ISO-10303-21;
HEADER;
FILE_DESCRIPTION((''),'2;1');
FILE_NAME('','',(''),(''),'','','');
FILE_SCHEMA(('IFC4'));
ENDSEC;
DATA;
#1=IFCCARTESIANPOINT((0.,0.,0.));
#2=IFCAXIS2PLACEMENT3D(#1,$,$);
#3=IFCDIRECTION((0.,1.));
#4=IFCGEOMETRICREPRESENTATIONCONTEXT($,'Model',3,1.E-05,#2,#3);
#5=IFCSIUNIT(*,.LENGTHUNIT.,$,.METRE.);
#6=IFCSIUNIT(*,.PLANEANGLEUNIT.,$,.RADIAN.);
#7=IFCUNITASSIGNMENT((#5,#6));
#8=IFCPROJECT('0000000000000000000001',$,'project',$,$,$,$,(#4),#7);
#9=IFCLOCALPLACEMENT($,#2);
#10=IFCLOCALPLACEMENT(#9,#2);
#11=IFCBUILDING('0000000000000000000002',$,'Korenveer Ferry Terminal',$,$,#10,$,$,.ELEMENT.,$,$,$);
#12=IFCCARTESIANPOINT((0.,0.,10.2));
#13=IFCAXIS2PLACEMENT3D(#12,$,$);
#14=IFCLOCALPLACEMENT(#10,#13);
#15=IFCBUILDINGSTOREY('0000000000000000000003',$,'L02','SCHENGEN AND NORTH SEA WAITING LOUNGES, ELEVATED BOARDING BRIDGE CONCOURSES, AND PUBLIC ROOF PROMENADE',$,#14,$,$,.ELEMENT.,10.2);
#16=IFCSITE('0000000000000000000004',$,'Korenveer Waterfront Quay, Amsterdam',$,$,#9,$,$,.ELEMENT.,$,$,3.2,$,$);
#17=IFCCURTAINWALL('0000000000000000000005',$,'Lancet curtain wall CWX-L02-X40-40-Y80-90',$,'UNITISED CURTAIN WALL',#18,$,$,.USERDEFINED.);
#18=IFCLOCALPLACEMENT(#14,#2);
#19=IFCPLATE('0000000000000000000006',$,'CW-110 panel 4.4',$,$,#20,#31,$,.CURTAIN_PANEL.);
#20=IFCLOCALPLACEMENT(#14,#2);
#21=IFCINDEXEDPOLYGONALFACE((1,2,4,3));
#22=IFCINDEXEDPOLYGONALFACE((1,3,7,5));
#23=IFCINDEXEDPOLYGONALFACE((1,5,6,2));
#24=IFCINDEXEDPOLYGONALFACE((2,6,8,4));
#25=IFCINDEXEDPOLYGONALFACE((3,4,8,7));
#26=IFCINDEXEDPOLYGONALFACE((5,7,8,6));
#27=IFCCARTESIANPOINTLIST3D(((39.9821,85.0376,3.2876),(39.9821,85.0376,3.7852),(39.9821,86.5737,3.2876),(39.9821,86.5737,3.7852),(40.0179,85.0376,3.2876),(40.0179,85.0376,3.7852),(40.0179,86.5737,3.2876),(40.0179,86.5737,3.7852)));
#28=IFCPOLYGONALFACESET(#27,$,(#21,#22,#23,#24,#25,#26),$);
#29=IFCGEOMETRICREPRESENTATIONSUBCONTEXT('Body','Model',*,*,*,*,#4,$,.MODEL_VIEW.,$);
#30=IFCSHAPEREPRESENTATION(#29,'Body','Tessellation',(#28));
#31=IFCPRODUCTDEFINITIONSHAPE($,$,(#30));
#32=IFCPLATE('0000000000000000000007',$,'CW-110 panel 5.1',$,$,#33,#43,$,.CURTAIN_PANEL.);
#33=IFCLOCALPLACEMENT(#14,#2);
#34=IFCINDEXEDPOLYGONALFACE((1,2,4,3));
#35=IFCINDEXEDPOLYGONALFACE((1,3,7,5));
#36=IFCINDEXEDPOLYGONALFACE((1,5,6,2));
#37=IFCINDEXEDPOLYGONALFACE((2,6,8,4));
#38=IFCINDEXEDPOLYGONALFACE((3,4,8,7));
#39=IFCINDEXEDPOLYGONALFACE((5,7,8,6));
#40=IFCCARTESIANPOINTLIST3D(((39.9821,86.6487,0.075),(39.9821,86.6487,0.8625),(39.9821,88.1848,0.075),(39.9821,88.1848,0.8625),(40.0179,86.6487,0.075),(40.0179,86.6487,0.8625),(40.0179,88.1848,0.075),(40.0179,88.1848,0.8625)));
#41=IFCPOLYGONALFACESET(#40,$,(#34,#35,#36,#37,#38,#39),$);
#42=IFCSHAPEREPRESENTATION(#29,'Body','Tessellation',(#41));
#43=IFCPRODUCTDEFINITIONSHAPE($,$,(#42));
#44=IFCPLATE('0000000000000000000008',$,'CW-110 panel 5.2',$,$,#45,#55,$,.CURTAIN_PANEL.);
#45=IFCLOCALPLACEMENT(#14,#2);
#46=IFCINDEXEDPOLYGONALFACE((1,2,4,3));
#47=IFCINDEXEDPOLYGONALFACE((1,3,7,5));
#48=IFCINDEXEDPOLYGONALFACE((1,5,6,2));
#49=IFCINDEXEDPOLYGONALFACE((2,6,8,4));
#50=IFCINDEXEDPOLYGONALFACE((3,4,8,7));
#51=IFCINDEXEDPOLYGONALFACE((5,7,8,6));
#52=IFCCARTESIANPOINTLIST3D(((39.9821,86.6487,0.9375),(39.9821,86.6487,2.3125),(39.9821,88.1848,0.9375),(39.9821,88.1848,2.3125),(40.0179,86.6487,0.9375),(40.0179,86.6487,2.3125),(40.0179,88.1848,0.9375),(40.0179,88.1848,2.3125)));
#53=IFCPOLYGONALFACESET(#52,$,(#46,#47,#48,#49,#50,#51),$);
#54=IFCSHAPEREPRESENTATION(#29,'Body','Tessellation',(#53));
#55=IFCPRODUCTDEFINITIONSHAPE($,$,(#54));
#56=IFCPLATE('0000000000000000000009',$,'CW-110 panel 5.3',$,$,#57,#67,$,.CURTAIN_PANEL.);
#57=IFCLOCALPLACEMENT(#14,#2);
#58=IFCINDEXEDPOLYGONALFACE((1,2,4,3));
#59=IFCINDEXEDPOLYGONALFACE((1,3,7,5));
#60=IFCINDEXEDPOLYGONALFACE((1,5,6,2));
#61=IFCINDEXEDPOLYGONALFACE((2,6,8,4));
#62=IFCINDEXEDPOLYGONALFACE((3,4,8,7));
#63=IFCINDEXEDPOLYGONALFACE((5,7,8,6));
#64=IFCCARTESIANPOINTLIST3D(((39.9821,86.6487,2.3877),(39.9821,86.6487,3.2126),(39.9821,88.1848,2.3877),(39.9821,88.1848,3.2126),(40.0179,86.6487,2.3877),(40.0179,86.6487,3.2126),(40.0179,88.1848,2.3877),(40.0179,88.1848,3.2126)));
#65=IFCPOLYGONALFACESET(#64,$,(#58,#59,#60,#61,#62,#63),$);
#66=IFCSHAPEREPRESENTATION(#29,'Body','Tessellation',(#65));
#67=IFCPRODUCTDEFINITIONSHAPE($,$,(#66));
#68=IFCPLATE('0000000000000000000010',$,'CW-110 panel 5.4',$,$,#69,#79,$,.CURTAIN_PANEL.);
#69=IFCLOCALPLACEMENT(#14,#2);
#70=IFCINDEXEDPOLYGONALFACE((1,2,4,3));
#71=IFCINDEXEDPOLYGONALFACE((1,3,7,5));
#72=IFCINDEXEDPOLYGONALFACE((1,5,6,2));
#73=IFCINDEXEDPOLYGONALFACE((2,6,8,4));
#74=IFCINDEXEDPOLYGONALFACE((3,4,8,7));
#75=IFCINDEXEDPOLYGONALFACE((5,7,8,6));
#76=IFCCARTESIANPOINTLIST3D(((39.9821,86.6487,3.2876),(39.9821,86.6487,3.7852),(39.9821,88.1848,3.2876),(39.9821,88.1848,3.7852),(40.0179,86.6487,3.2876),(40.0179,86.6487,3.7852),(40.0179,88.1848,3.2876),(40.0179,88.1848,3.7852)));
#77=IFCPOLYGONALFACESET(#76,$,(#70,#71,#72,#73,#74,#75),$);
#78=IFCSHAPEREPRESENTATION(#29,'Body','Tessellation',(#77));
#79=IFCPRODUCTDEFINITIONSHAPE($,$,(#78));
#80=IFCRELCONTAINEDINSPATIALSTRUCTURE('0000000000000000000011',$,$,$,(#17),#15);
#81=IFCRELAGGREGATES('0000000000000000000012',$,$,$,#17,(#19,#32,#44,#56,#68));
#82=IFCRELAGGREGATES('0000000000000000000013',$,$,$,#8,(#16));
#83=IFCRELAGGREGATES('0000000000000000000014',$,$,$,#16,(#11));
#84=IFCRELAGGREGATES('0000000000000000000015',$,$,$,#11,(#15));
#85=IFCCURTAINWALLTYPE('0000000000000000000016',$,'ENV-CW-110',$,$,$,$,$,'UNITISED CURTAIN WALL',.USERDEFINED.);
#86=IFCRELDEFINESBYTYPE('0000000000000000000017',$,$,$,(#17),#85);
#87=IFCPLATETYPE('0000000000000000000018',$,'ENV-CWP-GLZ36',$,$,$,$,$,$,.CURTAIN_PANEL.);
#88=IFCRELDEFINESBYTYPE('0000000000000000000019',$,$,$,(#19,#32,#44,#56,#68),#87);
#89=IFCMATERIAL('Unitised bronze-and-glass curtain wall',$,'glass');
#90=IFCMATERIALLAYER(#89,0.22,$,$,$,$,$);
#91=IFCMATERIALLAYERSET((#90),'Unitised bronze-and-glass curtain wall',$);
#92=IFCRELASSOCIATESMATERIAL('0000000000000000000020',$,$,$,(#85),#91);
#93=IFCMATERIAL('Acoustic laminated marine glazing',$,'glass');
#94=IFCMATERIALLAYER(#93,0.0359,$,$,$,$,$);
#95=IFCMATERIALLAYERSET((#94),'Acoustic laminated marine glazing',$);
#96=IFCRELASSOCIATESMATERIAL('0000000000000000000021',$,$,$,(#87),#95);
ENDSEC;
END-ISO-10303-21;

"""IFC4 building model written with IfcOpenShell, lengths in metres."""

from ifc_helpers import new_model, si_unit, direction, frame, origin, origin_2d, place, context, subcontext, project, spatial, rectangle, extrude, material, layer, layer_set, type_object, element, aggregate, save


model = new_model("IFC4")

# Units and contexts
model_context = context("Model", 3, precision=1e-05, world=origin(), true_north=direction((0.0, 1.0)))
body_context = subcontext(model_context, "Body", "Model", "MODEL_VIEW")
ifc_project = project(units=[si_unit("LENGTHUNIT", "METRE"), si_unit("PLANEANGLEUNIT", "RADIAN")], contexts=[model_context])

# Site, building, storey
site_placement = place(None, origin())
site = spatial("IfcSite", under=ifc_project, at=site_placement, Name="Korenveer Waterfront Quay, Amsterdam", CompositionType="ELEMENT", RefElevation=3.2)
building_placement = place(site_placement, origin())
building = spatial("IfcBuilding", under=site, at=building_placement, Name="Korenveer Ferry Terminal", CompositionType="ELEMENT")
storey_placement = place(building_placement, frame((0.0, 0.0, 10.2)))
storey = spatial("IfcBuildingStorey", under=building, at=storey_placement, Name="L02", Description="SCHENGEN AND NORTH SEA WAITING LOUNGES, ELEVATED BOARDING BRIDGE CONCOURSES, AND PUBLIC ROOF PROMENADE", CompositionType="ELEMENT", Elevation=10.2)

# Curtain wall, plates
ifc_material_1 = material(Name="Unitised bronze-and-glass curtain wall", Category="glass")
ifc_layer_1 = layer(ifc_material_1, 0.22)
ifc_layer_set_1 = layer_set([ifc_layer_1], Name="Unitised bronze-and-glass curtain wall")
curtain_wall_type = type_object("IfcCurtainWallType", Name="ENV-CW-110", ElementType="UNITISED CURTAIN WALL", PredefinedType="USERDEFINED", material=ifc_layer_set_1)
curtain_wall_placement = place(storey_placement, frame((40.0, 80.1665, 0.0)))
curtain_wall = element("IfcCurtainWall", 1, at=curtain_wall_placement, inside=storey, type_object=curtain_wall_type, Name="Lancet curtain wall CWX-L02-X40-40-Y80-90", ObjectType="UNITISED CURTAIN WALL", PredefinedType="USERDEFINED")
ifc_material_2 = material(Name="Acoustic laminated marine glazing", Category="glass")
ifc_layer_2 = layer(ifc_material_2, 0.0359)
ifc_layer_set_2 = layer_set([ifc_layer_2], Name="Acoustic laminated marine glazing")
plate_type = type_object("IfcPlateType", Name="ENV-CWP-GLZ36", PredefinedType="CURTAIN_PANEL", material=ifc_layer_set_2)
plate_1_placement = place(storey_placement, frame((40.0, 85.8057, 3.2876), z_axis=(0.0, 0.0, 1.0), x_axis=(0.0, 1.0, 0.0)))
plate_1 = element("IfcPlate", 2, at=plate_1_placement, type_object=plate_type, Name="CW-110 panel 4.4", PredefinedType="CURTAIN_PANEL", context=body_context, shape_type="SweptSolid", body=[
    extrude(rectangle(XDim=1.5361, YDim=0.0359, at=origin_2d()), origin(), (0.0, 0.0, 1.0), 0.4976),
])
plate_2_placement = place(storey_placement, frame((40.0, 87.4167, 0.075), z_axis=(0.0, 0.0, 1.0), x_axis=(0.0, 1.0, 0.0)))
plate_2 = element("IfcPlate", 3, at=plate_2_placement, type_object=plate_type, Name="CW-110 panel 5.1", PredefinedType="CURTAIN_PANEL", context=body_context, shape_type="SweptSolid", body=[
    extrude(rectangle(XDim=1.5361, YDim=0.0359, at=origin_2d()), origin(), (0.0, 0.0, 1.0), 0.7876),
])
plate_3_placement = place(storey_placement, frame((40.0, 87.4167, 0.9375), z_axis=(0.0, 0.0, 1.0), x_axis=(0.0, 1.0, 0.0)))
plate_3 = element("IfcPlate", 4, at=plate_3_placement, type_object=plate_type, Name="CW-110 panel 5.2", PredefinedType="CURTAIN_PANEL", context=body_context, shape_type="SweptSolid", body=[
    extrude(rectangle(XDim=1.5361, YDim=0.0359, at=origin_2d()), origin(), (0.0, 0.0, 1.0), 1.375),
])
plate_4_placement = place(storey_placement, frame((40.0, 87.4167, 2.3877), z_axis=(0.0, 0.0, 1.0), x_axis=(0.0, 1.0, 0.0)))
plate_4 = element("IfcPlate", 5, at=plate_4_placement, type_object=plate_type, Name="CW-110 panel 5.3", PredefinedType="CURTAIN_PANEL", context=body_context, shape_type="SweptSolid", body=[
    extrude(rectangle(XDim=1.5361, YDim=0.0359, at=origin_2d()), origin(), (0.0, 0.0, 1.0), 0.825),
])
plate_5_placement = place(storey_placement, frame((40.0, 87.4167, 3.2876), z_axis=(0.0, 0.0, 1.0), x_axis=(0.0, 1.0, 0.0)))
plate_5 = element("IfcPlate", 6, at=plate_5_placement, type_object=plate_type, Name="CW-110 panel 5.4", PredefinedType="CURTAIN_PANEL", context=body_context, shape_type="SweptSolid", body=[
    extrude(rectangle(XDim=1.5361, YDim=0.0359, at=origin_2d()), origin(), (0.0, 0.0, 1.0), 0.4976),
])
aggregate(curtain_wall, [plate_1, plate_2, plate_3, plate_4, plate_5])

save(model, "model.ifc")
